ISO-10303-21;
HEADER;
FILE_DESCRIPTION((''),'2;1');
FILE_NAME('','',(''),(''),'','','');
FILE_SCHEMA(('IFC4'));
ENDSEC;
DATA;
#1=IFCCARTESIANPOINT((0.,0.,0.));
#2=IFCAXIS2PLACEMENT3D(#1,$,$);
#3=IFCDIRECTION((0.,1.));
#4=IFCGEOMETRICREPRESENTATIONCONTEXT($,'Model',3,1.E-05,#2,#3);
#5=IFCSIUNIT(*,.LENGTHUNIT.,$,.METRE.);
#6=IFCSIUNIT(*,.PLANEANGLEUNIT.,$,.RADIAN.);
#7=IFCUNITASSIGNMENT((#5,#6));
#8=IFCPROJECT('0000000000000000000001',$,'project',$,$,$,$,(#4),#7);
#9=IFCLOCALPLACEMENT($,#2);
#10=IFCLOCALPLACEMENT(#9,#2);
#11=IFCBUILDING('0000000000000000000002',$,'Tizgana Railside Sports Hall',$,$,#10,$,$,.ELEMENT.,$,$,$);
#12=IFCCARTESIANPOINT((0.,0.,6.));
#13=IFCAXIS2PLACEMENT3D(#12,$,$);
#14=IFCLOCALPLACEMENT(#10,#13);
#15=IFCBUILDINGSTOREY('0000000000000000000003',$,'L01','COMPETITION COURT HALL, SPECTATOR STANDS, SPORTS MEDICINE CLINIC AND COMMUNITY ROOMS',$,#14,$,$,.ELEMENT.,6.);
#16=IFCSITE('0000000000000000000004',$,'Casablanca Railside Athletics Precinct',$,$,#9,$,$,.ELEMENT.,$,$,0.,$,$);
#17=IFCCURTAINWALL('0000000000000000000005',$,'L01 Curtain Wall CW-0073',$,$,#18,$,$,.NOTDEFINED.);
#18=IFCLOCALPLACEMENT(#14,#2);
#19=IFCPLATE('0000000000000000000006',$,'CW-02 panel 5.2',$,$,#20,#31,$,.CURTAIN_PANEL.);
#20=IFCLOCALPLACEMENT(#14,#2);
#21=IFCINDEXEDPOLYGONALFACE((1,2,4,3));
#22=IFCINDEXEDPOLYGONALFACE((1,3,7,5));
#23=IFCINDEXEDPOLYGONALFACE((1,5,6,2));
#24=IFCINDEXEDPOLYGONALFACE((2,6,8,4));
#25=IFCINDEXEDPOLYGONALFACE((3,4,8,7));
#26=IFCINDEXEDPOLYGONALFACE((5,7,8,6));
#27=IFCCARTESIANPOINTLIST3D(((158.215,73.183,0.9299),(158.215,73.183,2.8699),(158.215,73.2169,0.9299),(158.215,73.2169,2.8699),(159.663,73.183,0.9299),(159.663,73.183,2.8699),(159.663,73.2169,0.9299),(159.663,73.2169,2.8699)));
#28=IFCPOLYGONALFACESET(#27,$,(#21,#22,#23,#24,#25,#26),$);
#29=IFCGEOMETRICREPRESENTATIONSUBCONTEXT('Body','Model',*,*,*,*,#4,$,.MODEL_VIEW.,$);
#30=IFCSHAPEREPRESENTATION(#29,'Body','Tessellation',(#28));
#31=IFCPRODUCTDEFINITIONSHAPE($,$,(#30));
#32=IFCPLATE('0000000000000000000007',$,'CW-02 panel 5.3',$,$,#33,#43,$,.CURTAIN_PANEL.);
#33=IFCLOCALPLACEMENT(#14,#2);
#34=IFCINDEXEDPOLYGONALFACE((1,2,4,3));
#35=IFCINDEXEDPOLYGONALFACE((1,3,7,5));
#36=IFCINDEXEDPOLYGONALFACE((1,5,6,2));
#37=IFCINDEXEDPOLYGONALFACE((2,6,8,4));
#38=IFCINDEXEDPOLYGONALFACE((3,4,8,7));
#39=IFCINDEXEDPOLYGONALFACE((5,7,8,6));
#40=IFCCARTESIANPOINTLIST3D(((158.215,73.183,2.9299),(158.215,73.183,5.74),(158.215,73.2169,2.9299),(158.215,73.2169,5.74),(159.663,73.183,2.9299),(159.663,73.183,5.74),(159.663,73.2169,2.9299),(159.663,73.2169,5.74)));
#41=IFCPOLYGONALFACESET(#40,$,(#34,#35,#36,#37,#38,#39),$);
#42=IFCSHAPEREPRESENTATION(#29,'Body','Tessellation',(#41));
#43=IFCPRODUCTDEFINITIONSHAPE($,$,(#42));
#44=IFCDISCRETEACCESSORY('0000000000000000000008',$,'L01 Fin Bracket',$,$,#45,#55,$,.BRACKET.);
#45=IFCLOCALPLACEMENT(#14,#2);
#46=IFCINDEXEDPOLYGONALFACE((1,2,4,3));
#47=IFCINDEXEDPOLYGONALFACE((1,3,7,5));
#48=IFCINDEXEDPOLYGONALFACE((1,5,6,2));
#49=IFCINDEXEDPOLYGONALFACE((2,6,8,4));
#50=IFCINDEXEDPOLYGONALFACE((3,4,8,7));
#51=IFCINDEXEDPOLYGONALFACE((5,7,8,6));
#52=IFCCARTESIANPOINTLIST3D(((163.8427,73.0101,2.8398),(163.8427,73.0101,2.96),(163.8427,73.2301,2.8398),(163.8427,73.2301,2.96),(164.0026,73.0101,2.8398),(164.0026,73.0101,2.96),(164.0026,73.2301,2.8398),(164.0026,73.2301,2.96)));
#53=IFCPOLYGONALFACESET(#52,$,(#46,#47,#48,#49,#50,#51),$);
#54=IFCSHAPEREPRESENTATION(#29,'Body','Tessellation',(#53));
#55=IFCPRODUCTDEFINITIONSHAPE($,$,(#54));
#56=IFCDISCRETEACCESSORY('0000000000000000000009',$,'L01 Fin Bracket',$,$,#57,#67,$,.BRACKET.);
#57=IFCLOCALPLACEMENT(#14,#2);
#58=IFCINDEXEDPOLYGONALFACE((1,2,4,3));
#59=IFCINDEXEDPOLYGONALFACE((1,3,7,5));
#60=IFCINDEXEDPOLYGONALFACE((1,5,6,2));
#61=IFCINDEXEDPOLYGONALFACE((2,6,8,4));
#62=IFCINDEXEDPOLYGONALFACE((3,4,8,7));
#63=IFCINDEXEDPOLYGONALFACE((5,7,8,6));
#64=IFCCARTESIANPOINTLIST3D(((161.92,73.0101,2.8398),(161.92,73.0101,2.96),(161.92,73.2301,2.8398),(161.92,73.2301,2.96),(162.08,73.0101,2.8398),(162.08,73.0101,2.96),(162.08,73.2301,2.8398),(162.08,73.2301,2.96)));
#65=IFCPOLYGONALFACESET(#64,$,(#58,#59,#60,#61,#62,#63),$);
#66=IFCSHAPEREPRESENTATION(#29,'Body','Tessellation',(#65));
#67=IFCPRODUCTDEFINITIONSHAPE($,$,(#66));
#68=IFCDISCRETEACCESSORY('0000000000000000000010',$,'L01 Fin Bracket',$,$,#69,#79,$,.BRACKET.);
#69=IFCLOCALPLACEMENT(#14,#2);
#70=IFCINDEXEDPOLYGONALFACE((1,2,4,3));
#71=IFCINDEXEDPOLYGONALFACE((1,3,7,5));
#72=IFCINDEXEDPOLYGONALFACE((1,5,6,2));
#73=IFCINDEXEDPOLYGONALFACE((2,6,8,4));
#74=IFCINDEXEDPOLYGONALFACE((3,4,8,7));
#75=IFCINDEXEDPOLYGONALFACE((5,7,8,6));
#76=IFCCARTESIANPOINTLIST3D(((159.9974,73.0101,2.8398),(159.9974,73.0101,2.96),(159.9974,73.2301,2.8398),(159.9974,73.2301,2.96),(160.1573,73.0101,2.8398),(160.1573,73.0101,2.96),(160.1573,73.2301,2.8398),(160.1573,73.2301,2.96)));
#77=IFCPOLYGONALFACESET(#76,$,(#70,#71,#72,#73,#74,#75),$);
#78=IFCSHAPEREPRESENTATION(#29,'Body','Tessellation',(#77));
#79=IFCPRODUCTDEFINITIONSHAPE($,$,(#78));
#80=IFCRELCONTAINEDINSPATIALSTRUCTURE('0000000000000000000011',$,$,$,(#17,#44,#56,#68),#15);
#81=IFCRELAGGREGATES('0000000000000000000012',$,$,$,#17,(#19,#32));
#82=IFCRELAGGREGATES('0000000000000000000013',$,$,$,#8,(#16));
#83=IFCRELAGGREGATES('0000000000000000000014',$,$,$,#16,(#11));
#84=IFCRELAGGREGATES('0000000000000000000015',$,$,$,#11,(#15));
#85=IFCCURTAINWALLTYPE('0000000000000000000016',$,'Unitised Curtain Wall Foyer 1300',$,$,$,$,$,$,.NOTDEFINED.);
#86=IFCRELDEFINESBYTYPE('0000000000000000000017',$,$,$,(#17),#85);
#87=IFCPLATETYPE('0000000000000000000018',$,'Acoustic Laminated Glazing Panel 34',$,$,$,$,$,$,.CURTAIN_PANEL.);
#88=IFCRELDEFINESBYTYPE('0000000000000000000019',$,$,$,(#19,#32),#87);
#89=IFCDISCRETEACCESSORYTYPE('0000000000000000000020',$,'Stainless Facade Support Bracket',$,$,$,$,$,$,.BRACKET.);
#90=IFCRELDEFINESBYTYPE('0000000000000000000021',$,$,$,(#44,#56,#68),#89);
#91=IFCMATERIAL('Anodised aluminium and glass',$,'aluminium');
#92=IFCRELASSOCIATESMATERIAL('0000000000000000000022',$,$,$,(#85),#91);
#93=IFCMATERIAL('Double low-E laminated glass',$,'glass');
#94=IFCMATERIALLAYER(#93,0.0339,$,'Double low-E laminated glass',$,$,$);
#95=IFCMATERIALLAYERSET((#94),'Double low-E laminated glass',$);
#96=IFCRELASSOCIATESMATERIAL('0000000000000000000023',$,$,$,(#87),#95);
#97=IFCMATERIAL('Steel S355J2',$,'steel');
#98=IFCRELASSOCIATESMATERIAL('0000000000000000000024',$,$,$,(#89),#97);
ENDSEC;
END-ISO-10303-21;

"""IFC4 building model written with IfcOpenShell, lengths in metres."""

from ifc_helpers import new_model, si_unit, direction, frame, origin, origin_2d, place, context, subcontext, project, spatial, rectangle, extrude, material, layer, layer_set, type_object, element, aggregate, save


model = new_model("IFC4")

# Units and contexts
model_context = context("Model", 3, precision=1e-05, world=origin(), true_north=direction((0.0, 1.0)))
body_context = subcontext(model_context, "Body", "Model", "MODEL_VIEW")
ifc_project = project(units=[si_unit("LENGTHUNIT", "METRE"), si_unit("PLANEANGLEUNIT", "RADIAN")], contexts=[model_context])

# Site, building, storey
site_placement = place(None, origin())
site = spatial("IfcSite", under=ifc_project, at=site_placement, Name="Casablanca Railside Athletics Precinct", CompositionType="ELEMENT", RefElevation=0.0)
building_placement = place(site_placement, origin())
building = spatial("IfcBuilding", under=site, at=building_placement, Name="Tizgana Railside Sports Hall", CompositionType="ELEMENT")
storey_placement = place(building_placement, frame((0.0, 0.0, 6.0)))
storey = spatial("IfcBuildingStorey", under=building, at=storey_placement, Name="L01", Description="COMPETITION COURT HALL, SPECTATOR STANDS, SPORTS MEDICINE CLINIC AND COMMUNITY ROOMS", CompositionType="ELEMENT", Elevation=6.0)

# Curtain wall, plates
ifc_material_1 = material(Name="Anodised aluminium and glass", Category="aluminium")
curtain_wall_type = type_object("IfcCurtainWallType", Name="Unitised Curtain Wall Foyer 1300", PredefinedType="NOTDEFINED", material=ifc_material_1)
curtain_wall_placement = place(storey_placement, origin())
curtain_wall = element("IfcCurtainWall", 1, at=curtain_wall_placement, inside=storey, type_object=curtain_wall_type, Name="L01 Curtain Wall CW-0073", PredefinedType="NOTDEFINED")
ifc_material_2 = material(Name="Double low-E laminated glass", Category="glass")
ifc_layer = layer(ifc_material_2, 0.0339, Name="Double low-E laminated glass")
ifc_layer_set = layer_set([ifc_layer], Name="Double low-E laminated glass")
plate_type = type_object("IfcPlateType", Name="Acoustic Laminated Glazing Panel 34", PredefinedType="CURTAIN_PANEL", material=ifc_layer_set)
plate_1_placement = place(storey_placement, frame((158.939, 73.2, 0.9299), z_axis=(0.0, 0.0, 1.0), x_axis=(-1.0, 0.0, 0.0)))
plate_1 = element("IfcPlate", 2, at=plate_1_placement, type_object=plate_type, Name="CW-02 panel 5.2", PredefinedType="CURTAIN_PANEL", context=body_context, shape_type="SweptSolid", body=[
    extrude(rectangle(XDim=1.448, YDim=0.0339, at=origin_2d()), origin(), (0.0, 0.0, 1.0), 1.9399),
])
plate_2_placement = place(storey_placement, frame((158.939, 73.2, 2.9299), z_axis=(0.0, 0.0, 1.0), x_axis=(-1.0, 0.0, 0.0)))
plate_2 = element("IfcPlate", 3, at=plate_2_placement, type_object=plate_type, Name="CW-02 panel 5.3", PredefinedType="CURTAIN_PANEL", context=body_context, shape_type="SweptSolid", body=[
    extrude(rectangle(XDim=1.448, YDim=0.0339, at=origin_2d()), origin(), (0.0, 0.0, 1.0), 2.8101),
])
aggregate(curtain_wall, [plate_1, plate_2])

# Discrete accessories
ifc_material_3 = material(Name="Steel S355J2", Category="steel")
discrete_accessory_type = type_object("IfcDiscreteAccessoryType", Name="Stainless Facade Support Bracket", PredefinedType="BRACKET", material=ifc_material_3)
for number, where, z_axis, x_axis, name in (
    (4, (163.9226, 73.1201, 2.8398), (0.0, 0.0, 1.0), (-1.0, 0.0, 0.0), "L01 Fin Bracket"),
    (5, (162.0, 73.1201, 2.8398), (0.0, 0.0, 1.0), (-1.0, 0.0, 0.0), "L01 Fin Bracket"),
    (6, (160.0774, 73.1201, 2.8398), (0.0, 0.0, 1.0), (-1.0, 0.0, 0.0), "L01 Fin Bracket"),
):
    element("IfcDiscreteAccessory", number, at=place(storey_placement, frame(where, z_axis=z_axis, x_axis=x_axis)), inside=storey, type_object=discrete_accessory_type, Name=name, PredefinedType="BRACKET", context=body_context, shape_type="SweptSolid", body=[
        extrude(rectangle(XDim=0.1599, YDim=0.22, at=origin_2d()), origin(), (0.0, 0.0, 1.0), 0.1201),
    ])

save(model, "model.ifc")
